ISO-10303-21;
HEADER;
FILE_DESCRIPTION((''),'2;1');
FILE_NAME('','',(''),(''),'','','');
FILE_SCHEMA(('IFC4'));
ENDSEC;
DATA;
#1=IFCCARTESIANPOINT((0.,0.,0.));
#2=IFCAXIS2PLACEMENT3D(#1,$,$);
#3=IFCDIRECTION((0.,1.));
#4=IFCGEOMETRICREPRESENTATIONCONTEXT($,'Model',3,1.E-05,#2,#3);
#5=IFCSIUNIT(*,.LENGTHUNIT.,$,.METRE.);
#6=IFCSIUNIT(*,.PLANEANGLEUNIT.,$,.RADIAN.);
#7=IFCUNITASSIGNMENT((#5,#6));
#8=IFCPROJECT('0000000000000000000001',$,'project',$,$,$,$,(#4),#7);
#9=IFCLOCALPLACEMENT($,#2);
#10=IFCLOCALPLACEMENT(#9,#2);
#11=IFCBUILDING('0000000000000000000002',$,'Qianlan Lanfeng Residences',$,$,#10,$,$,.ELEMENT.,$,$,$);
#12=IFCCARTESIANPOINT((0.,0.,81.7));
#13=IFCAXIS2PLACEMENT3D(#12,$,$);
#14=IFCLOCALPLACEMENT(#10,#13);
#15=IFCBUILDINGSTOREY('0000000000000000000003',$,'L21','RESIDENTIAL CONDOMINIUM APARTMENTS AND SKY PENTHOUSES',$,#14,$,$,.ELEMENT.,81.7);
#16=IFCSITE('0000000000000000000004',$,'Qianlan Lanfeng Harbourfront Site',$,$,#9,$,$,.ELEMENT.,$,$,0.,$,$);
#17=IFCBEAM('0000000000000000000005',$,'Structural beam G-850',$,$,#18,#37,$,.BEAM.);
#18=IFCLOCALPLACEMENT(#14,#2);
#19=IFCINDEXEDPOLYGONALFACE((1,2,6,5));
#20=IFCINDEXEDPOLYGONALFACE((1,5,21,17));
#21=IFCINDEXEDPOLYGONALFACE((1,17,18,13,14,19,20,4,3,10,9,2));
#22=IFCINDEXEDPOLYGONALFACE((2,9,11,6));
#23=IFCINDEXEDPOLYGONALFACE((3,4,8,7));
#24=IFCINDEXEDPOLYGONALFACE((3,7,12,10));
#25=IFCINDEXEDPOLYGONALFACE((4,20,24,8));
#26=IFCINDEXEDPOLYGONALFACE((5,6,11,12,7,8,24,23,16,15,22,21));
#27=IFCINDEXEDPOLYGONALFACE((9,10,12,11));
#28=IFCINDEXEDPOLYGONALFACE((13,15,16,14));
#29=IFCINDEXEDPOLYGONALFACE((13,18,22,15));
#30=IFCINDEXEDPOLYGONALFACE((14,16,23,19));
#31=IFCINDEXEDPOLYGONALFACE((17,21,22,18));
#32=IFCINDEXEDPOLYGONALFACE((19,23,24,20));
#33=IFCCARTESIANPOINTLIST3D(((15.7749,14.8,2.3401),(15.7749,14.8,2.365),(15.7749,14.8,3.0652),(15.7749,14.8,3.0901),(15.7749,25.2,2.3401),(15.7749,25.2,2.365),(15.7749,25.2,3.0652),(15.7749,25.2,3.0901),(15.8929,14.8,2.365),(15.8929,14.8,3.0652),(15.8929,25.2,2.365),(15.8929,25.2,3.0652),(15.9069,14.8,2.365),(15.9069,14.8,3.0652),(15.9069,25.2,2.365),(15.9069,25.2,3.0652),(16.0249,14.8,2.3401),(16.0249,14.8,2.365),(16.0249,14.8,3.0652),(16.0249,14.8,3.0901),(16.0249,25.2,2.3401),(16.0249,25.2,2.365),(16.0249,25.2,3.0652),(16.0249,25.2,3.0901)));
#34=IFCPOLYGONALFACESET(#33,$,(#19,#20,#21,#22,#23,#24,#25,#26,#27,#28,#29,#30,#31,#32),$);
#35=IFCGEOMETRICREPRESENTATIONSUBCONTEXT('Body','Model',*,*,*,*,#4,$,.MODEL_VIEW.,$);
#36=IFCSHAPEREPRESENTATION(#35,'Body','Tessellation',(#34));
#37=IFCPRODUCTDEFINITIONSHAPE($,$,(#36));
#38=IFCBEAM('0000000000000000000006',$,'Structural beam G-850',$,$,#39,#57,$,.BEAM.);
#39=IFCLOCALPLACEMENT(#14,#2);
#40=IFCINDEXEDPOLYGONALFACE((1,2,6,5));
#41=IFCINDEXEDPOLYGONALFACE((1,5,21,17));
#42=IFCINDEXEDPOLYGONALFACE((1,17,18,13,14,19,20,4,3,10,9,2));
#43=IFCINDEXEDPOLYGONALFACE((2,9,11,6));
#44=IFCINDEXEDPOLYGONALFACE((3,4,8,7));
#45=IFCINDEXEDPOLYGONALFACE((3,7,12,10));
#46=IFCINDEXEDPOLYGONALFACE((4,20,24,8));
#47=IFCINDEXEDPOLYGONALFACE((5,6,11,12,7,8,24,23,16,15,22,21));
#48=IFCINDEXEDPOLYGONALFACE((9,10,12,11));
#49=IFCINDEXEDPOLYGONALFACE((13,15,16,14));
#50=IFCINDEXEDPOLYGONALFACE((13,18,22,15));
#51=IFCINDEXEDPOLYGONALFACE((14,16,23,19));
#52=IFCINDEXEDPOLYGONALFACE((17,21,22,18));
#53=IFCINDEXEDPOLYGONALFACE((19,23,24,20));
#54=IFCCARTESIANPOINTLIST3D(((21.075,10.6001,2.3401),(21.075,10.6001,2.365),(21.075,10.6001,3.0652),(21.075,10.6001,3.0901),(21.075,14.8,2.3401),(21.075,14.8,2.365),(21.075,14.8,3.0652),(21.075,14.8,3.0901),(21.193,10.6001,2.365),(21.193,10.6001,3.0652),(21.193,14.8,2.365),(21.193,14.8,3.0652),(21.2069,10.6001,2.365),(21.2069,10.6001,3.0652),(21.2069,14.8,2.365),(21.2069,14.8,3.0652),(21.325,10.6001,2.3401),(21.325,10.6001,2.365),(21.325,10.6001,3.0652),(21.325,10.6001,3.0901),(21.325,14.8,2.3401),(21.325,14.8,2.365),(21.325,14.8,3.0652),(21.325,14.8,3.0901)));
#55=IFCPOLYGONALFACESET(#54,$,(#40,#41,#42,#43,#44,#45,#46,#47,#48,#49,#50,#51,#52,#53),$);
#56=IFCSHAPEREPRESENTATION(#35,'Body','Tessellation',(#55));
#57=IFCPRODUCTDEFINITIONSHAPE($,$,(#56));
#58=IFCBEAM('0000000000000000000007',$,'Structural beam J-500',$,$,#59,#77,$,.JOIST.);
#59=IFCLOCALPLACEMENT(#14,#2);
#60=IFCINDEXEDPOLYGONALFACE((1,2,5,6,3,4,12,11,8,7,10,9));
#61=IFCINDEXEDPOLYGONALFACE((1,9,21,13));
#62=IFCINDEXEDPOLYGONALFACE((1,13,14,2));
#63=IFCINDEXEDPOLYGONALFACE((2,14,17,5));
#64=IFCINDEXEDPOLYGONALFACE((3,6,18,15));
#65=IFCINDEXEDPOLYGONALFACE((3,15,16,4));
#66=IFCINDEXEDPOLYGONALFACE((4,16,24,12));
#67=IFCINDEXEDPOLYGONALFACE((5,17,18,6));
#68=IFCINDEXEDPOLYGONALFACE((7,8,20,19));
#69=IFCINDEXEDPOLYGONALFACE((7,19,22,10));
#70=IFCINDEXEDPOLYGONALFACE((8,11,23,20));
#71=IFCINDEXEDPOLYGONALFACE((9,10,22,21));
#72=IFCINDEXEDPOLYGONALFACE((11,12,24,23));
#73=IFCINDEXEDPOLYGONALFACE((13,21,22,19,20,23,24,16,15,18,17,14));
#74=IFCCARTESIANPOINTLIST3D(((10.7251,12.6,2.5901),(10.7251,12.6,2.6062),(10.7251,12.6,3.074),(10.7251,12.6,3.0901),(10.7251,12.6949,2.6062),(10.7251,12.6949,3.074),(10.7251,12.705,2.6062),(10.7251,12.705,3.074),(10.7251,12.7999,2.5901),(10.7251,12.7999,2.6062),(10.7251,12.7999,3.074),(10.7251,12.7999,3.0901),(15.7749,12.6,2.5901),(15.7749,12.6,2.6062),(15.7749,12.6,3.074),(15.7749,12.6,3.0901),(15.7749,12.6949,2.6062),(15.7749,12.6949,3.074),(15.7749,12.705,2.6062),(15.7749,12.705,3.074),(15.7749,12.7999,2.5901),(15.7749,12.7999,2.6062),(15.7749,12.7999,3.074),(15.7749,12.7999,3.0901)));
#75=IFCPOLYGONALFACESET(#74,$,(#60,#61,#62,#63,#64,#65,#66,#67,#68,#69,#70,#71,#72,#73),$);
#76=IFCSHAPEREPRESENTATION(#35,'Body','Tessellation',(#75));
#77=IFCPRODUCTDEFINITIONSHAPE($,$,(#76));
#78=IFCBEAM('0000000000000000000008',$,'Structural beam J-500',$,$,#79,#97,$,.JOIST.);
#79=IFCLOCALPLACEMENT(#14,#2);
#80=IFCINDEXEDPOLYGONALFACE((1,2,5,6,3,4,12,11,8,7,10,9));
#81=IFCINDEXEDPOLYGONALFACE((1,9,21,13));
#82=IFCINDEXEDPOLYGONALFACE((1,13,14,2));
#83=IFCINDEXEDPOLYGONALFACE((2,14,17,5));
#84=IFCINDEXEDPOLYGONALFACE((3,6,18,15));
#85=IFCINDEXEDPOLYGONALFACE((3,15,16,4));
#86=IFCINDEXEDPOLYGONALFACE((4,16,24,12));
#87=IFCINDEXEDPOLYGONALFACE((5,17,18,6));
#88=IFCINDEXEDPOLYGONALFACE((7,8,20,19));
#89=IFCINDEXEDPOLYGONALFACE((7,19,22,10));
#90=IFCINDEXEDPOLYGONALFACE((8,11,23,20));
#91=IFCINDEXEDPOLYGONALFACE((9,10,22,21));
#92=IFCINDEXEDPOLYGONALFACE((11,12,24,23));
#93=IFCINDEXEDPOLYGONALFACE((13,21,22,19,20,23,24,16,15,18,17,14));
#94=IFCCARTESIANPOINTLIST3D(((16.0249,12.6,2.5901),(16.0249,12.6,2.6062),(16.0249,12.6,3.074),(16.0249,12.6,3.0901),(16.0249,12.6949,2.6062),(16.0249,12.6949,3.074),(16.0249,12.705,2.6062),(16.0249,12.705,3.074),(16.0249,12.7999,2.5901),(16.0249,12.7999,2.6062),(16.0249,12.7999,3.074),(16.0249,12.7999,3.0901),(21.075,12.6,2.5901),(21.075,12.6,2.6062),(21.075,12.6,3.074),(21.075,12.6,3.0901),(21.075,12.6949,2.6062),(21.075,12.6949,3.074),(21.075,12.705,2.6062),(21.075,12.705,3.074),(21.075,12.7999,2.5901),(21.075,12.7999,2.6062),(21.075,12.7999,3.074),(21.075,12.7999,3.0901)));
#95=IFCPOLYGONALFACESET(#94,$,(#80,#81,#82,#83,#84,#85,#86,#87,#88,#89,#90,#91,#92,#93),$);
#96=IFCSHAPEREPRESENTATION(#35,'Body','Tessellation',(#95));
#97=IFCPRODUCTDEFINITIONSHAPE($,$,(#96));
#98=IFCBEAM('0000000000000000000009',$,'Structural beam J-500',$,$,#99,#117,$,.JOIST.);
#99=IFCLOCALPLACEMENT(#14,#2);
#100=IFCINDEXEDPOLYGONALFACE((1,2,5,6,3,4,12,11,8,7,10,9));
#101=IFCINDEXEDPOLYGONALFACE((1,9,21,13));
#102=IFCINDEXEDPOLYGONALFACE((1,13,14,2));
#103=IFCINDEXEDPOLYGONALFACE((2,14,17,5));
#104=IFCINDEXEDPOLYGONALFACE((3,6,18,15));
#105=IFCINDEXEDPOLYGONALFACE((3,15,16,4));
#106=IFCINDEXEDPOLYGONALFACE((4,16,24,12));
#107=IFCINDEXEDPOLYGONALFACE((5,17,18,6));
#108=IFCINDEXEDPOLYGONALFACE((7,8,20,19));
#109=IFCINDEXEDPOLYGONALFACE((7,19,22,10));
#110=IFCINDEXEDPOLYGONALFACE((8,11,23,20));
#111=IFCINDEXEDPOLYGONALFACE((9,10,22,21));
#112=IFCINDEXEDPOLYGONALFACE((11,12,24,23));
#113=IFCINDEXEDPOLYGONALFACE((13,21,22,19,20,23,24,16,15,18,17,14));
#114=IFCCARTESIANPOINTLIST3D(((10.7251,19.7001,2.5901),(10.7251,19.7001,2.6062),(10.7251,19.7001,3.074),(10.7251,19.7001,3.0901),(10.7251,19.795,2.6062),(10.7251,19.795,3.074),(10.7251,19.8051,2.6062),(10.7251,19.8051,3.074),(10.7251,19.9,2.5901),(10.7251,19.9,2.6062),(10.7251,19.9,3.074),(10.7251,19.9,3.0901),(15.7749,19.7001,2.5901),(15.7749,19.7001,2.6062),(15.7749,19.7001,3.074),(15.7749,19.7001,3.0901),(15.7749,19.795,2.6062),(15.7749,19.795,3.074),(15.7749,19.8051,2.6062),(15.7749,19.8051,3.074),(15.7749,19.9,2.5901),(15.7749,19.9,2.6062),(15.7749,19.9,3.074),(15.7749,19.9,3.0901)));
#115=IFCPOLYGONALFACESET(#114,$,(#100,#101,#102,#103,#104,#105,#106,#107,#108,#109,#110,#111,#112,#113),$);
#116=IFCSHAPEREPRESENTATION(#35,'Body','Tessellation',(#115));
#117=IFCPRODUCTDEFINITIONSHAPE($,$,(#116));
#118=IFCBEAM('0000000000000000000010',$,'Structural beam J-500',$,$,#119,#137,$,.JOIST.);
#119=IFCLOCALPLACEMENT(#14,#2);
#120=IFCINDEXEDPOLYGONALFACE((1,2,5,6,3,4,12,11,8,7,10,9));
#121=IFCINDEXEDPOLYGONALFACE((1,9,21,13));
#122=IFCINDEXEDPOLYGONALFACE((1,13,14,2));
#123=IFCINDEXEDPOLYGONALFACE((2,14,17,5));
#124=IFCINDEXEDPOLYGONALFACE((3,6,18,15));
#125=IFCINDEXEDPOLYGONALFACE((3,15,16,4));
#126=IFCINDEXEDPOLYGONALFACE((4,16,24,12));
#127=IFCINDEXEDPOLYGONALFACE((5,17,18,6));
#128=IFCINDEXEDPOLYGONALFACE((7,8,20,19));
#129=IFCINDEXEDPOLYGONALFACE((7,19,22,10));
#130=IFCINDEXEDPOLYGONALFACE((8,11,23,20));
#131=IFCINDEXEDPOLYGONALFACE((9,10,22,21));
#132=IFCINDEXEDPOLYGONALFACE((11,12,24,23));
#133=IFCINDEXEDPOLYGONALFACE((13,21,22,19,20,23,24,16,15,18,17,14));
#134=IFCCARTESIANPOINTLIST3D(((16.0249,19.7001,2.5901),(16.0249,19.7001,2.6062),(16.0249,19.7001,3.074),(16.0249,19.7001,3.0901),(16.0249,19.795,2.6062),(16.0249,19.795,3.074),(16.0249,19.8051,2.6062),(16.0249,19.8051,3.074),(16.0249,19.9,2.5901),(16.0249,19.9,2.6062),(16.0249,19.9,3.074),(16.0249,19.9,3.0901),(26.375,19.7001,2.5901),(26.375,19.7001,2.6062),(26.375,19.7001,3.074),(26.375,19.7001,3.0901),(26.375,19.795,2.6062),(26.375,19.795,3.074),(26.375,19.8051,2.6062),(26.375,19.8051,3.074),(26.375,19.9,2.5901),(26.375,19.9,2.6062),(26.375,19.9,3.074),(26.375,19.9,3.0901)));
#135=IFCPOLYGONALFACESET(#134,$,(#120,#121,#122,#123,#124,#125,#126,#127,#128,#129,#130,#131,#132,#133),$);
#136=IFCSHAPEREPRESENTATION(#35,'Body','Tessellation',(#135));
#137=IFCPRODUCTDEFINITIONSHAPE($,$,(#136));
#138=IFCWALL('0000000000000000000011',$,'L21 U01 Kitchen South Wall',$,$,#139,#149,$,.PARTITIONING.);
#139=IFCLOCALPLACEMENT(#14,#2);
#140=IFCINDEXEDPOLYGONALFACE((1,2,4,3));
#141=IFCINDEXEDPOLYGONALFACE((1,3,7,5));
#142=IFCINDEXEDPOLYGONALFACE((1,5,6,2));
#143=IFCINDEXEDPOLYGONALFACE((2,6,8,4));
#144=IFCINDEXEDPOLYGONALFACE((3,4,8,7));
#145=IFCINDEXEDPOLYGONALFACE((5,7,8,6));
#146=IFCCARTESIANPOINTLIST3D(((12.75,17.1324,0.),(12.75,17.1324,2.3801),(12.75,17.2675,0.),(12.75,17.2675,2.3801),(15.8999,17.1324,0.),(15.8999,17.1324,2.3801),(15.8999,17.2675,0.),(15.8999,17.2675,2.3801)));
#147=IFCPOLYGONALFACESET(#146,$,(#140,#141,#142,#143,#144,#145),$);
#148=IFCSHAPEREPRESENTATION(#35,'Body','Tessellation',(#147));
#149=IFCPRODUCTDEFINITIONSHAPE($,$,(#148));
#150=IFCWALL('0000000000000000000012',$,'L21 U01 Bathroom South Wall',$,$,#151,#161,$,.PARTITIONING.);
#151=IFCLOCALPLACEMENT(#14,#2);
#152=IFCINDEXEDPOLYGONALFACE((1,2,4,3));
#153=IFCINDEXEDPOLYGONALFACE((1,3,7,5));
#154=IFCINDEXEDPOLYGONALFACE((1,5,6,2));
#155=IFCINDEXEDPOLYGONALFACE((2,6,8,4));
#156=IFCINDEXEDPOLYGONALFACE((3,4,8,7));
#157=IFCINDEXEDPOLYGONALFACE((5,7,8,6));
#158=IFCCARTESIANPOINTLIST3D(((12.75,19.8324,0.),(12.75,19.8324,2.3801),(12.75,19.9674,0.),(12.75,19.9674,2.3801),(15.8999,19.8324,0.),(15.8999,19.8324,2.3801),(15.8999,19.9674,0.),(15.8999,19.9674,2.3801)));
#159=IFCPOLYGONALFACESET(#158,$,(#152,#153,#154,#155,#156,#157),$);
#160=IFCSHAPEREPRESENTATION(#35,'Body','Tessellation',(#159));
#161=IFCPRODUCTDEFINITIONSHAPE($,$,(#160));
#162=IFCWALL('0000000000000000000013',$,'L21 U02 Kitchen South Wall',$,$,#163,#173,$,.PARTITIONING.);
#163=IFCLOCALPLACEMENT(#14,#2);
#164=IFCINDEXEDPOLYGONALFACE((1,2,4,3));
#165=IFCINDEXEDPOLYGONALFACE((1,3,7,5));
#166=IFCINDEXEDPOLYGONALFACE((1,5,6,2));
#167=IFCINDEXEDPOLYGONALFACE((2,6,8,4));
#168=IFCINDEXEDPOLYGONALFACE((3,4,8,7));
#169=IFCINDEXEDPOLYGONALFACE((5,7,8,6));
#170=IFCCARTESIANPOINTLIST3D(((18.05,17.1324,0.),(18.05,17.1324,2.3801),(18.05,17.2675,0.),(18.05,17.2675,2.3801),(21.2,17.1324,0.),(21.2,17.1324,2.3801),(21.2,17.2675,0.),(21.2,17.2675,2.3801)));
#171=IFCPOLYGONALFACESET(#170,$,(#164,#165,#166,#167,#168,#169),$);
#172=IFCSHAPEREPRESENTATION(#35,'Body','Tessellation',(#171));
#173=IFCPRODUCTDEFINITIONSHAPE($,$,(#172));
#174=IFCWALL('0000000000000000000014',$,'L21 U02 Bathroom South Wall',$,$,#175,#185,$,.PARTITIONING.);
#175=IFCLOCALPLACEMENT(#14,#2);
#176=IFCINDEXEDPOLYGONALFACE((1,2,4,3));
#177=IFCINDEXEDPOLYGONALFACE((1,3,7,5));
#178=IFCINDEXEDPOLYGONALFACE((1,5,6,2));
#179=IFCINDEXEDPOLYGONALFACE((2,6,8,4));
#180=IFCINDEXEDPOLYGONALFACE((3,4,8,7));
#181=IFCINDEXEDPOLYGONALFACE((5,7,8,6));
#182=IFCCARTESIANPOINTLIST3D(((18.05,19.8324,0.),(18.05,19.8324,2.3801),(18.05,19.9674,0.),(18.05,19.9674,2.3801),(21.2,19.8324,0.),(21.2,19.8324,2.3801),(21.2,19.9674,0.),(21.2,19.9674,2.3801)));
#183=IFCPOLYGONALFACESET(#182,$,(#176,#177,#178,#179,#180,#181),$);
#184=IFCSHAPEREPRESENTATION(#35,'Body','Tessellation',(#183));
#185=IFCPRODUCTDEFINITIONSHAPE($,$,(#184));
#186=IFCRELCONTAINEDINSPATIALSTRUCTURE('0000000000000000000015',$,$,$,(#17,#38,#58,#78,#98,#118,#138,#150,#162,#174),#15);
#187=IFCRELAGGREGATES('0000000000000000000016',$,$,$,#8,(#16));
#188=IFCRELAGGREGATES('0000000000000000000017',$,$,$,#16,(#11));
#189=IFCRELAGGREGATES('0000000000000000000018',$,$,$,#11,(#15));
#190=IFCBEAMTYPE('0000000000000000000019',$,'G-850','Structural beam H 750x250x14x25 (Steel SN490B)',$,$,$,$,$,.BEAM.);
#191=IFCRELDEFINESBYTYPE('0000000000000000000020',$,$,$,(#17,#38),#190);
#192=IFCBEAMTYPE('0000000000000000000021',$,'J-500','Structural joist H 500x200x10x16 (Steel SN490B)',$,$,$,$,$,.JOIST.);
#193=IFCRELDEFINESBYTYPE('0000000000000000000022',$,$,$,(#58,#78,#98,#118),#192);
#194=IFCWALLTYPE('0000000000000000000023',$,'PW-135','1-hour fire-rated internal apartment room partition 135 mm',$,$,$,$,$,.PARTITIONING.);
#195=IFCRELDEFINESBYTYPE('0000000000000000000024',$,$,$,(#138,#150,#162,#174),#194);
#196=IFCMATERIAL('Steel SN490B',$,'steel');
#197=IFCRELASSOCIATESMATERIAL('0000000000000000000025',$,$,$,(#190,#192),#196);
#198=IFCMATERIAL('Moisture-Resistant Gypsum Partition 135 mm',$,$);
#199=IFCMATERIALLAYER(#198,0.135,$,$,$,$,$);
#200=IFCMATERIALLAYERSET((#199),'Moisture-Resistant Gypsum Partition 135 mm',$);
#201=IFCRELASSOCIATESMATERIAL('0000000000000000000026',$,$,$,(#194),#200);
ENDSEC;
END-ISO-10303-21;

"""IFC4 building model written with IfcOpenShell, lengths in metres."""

from ifc_helpers import new_model, si_unit, direction, frame, frame_2d, origin, origin_2d, place, context, subcontext, project, spatial, rectangle, i_section, extrude, material, layer, layer_set, material_profile, profile_set, type_object, element, save


model = new_model("IFC4")

# Units and contexts
model_context = context("Model", 3, precision=1e-05, world=origin(), true_north=direction((0.0, 1.0)))
body_context = subcontext(model_context, "Body", "Model", "MODEL_VIEW")
ifc_project = project(units=[si_unit("LENGTHUNIT", "METRE"), si_unit("PLANEANGLEUNIT", "RADIAN")], contexts=[model_context])

# Site, building, storey
site_placement = place(None, origin())
site = spatial("IfcSite", under=ifc_project, at=site_placement, Name="Qianlan Lanfeng Harbourfront Site", CompositionType="ELEMENT", RefElevation=0.0)
building_placement = place(site_placement, origin())
building = spatial("IfcBuilding", under=site, at=building_placement, Name="Qianlan Lanfeng Residences", CompositionType="ELEMENT")
storey_placement = place(building_placement, frame((0.0, 0.0, 81.7)))
storey = spatial("IfcBuildingStorey", under=building, at=storey_placement, Name="L21", Description="RESIDENTIAL CONDOMINIUM APARTMENTS AND SKY PENTHOUSES", CompositionType="ELEMENT", Elevation=81.7)

# Shared definitions
ifc_material_1 = material(Name="Steel SN490B", Category="steel")

# Beams
ifc_material_profile_1 = material_profile(ifc_material_1, i_section(OverallWidth=0.25, OverallDepth=0.75, WebThickness=0.0139, FlangeThickness=0.0249, at=origin_2d()), Name="H 750x250x14x25")
ifc_profile_set_1 = profile_set([ifc_material_profile_1], Name="Steel SN490B")
beam_type_1 = type_object("IfcBeamType", Name="G-850", Description="Structural beam H 750x250x14x25 (Steel SN490B)", PredefinedType="BEAM", material=ifc_profile_set_1)
beam_1_placement = place(storey_placement, frame((15.8999, 14.8, 2.7151), z_axis=(0.0, 1.0, 0.0), x_axis=(-1.0, 0.0, 0.0)))
element("IfcBeam", 1, at=beam_1_placement, inside=storey, type_object=beam_type_1, Name="Structural beam G-850", PredefinedType="BEAM", context=body_context, shape_type="SweptSolid", body=[
    extrude(i_section(OverallWidth=0.25, OverallDepth=0.75, WebThickness=0.0139, FlangeThickness=0.0249, at=origin_2d()), origin(), (0.0, 0.0, 1.0), 10.3999),
])
beam_2_placement = place(storey_placement, frame((21.2, 10.6001, 2.7151), z_axis=(0.0, 1.0, 0.0), x_axis=(-1.0, 0.0, 0.0)))
element("IfcBeam", 2, at=beam_2_placement, inside=storey, type_object=beam_type_1, Name="Structural beam G-850", PredefinedType="BEAM", context=body_context, shape_type="SweptSolid", body=[
    extrude(i_section(OverallWidth=0.25, OverallDepth=0.75, WebThickness=0.0139, FlangeThickness=0.0249, at=origin_2d()), origin(), (0.0, 0.0, 1.0), 4.2),
])
ifc_material_profile_2 = material_profile(ifc_material_1, i_section(OverallWidth=0.2, OverallDepth=0.5, WebThickness=0.01, FlangeThickness=0.0161, at=origin_2d()), Name="H 500x200x10x16")
ifc_profile_set_2 = profile_set([ifc_material_profile_2], Name="Steel SN490B")
beam_type_2 = type_object("IfcBeamType", Name="J-500", Description="Structural joist H 500x200x10x16 (Steel SN490B)", PredefinedType="JOIST", material=ifc_profile_set_2)
beam_3_placement = place(storey_placement, frame((10.7251, 12.7, 2.8401), z_axis=(1.0, 0.0, 0.0), x_axis=(0.0, 1.0, 0.0)))
element("IfcBeam", 3, at=beam_3_placement, inside=storey, type_object=beam_type_2, Name="Structural beam J-500", PredefinedType="JOIST", context=body_context, shape_type="SweptSolid", body=[
    extrude(i_section(OverallWidth=0.2, OverallDepth=0.5, WebThickness=0.01, FlangeThickness=0.0161, at=origin_2d()), origin(), (0.0, 0.0, 1.0), 5.0498),
])
beam_4_placement = place(storey_placement, frame((16.0249, 12.7, 2.8401), z_axis=(1.0, 0.0, 0.0), x_axis=(0.0, 1.0, 0.0)))
element("IfcBeam", 4, at=beam_4_placement, inside=storey, type_object=beam_type_2, Name="Structural beam J-500", PredefinedType="JOIST", context=body_context, shape_type="SweptSolid", body=[
    extrude(i_section(OverallWidth=0.2, OverallDepth=0.5, WebThickness=0.01, FlangeThickness=0.0161, at=origin_2d()), origin(), (0.0, 0.0, 1.0), 5.05),
])
beam_5_placement = place(storey_placement, frame((10.7251, 19.8, 2.8401), z_axis=(1.0, 0.0, 0.0), x_axis=(0.0, 1.0, 0.0)))
element("IfcBeam", 5, at=beam_5_placement, inside=storey, type_object=beam_type_2, Name="Structural beam J-500", PredefinedType="JOIST", context=body_context, shape_type="SweptSolid", body=[
    extrude(i_section(OverallWidth=0.2, OverallDepth=0.5, WebThickness=0.01, FlangeThickness=0.0161, at=origin_2d()), origin(), (0.0, 0.0, 1.0), 5.0498),
])
beam_6_placement = place(storey_placement, frame((16.0249, 19.8, 2.8401), z_axis=(1.0, 0.0, 0.0), x_axis=(0.0, 1.0, 0.0)))
element("IfcBeam", 6, at=beam_6_placement, inside=storey, type_object=beam_type_2, Name="Structural beam J-500", PredefinedType="JOIST", context=body_context, shape_type="SweptSolid", body=[
    extrude(i_section(OverallWidth=0.2, OverallDepth=0.5, WebThickness=0.01, FlangeThickness=0.0161, at=origin_2d()), origin(), (0.0, 0.0, 1.0), 10.3501),
])

# Shared definitions
ifc_material_2 = material(Name="Moisture-Resistant Gypsum Partition 135 mm")
ifc_layer = layer(ifc_material_2, 0.135)
ifc_layer_set = layer_set([ifc_layer], Name="Moisture-Resistant Gypsum Partition 135 mm")
wall_type = type_object("IfcWallType", Name="PW-135", Description="1-hour fire-rated internal apartment room partition 135 mm", PredefinedType="PARTITIONING", material=ifc_layer_set)

# Walls
for number, where, z_axis, x_axis, name in (
    (7, (12.75, 17.2, 0.0), (0.0, 0.0, 1.0), (1.0, 0.0, 0.0), "L21 U01 Kitchen South Wall"),
    (8, (12.75, 19.8999, 0.0), (0.0, 0.0, 1.0), (1.0, 0.0, 0.0), "L21 U01 Bathroom South Wall"),
    (9, (18.05, 17.2, 0.0), (0.0, 0.0, 1.0), (1.0, 0.0, 0.0), "L21 U02 Kitchen South Wall"),
    (10, (18.05, 19.8999, 0.0), (0.0, 0.0, 1.0), (1.0, 0.0, 0.0), "L21 U02 Bathroom South Wall"),
):
    element("IfcWall", number, at=place(storey_placement, frame(where, z_axis=z_axis, x_axis=x_axis)), inside=storey, type_object=wall_type, Name=name, PredefinedType="PARTITIONING", context=body_context, shape_type="SweptSolid", body=[
        extrude(rectangle(XDim=3.1499, YDim=0.135, at=frame_2d((1.575, 0.0))), origin(), (0.0, 0.0, 1.0), 2.3801),
    ])

save(model, "model.ifc")
